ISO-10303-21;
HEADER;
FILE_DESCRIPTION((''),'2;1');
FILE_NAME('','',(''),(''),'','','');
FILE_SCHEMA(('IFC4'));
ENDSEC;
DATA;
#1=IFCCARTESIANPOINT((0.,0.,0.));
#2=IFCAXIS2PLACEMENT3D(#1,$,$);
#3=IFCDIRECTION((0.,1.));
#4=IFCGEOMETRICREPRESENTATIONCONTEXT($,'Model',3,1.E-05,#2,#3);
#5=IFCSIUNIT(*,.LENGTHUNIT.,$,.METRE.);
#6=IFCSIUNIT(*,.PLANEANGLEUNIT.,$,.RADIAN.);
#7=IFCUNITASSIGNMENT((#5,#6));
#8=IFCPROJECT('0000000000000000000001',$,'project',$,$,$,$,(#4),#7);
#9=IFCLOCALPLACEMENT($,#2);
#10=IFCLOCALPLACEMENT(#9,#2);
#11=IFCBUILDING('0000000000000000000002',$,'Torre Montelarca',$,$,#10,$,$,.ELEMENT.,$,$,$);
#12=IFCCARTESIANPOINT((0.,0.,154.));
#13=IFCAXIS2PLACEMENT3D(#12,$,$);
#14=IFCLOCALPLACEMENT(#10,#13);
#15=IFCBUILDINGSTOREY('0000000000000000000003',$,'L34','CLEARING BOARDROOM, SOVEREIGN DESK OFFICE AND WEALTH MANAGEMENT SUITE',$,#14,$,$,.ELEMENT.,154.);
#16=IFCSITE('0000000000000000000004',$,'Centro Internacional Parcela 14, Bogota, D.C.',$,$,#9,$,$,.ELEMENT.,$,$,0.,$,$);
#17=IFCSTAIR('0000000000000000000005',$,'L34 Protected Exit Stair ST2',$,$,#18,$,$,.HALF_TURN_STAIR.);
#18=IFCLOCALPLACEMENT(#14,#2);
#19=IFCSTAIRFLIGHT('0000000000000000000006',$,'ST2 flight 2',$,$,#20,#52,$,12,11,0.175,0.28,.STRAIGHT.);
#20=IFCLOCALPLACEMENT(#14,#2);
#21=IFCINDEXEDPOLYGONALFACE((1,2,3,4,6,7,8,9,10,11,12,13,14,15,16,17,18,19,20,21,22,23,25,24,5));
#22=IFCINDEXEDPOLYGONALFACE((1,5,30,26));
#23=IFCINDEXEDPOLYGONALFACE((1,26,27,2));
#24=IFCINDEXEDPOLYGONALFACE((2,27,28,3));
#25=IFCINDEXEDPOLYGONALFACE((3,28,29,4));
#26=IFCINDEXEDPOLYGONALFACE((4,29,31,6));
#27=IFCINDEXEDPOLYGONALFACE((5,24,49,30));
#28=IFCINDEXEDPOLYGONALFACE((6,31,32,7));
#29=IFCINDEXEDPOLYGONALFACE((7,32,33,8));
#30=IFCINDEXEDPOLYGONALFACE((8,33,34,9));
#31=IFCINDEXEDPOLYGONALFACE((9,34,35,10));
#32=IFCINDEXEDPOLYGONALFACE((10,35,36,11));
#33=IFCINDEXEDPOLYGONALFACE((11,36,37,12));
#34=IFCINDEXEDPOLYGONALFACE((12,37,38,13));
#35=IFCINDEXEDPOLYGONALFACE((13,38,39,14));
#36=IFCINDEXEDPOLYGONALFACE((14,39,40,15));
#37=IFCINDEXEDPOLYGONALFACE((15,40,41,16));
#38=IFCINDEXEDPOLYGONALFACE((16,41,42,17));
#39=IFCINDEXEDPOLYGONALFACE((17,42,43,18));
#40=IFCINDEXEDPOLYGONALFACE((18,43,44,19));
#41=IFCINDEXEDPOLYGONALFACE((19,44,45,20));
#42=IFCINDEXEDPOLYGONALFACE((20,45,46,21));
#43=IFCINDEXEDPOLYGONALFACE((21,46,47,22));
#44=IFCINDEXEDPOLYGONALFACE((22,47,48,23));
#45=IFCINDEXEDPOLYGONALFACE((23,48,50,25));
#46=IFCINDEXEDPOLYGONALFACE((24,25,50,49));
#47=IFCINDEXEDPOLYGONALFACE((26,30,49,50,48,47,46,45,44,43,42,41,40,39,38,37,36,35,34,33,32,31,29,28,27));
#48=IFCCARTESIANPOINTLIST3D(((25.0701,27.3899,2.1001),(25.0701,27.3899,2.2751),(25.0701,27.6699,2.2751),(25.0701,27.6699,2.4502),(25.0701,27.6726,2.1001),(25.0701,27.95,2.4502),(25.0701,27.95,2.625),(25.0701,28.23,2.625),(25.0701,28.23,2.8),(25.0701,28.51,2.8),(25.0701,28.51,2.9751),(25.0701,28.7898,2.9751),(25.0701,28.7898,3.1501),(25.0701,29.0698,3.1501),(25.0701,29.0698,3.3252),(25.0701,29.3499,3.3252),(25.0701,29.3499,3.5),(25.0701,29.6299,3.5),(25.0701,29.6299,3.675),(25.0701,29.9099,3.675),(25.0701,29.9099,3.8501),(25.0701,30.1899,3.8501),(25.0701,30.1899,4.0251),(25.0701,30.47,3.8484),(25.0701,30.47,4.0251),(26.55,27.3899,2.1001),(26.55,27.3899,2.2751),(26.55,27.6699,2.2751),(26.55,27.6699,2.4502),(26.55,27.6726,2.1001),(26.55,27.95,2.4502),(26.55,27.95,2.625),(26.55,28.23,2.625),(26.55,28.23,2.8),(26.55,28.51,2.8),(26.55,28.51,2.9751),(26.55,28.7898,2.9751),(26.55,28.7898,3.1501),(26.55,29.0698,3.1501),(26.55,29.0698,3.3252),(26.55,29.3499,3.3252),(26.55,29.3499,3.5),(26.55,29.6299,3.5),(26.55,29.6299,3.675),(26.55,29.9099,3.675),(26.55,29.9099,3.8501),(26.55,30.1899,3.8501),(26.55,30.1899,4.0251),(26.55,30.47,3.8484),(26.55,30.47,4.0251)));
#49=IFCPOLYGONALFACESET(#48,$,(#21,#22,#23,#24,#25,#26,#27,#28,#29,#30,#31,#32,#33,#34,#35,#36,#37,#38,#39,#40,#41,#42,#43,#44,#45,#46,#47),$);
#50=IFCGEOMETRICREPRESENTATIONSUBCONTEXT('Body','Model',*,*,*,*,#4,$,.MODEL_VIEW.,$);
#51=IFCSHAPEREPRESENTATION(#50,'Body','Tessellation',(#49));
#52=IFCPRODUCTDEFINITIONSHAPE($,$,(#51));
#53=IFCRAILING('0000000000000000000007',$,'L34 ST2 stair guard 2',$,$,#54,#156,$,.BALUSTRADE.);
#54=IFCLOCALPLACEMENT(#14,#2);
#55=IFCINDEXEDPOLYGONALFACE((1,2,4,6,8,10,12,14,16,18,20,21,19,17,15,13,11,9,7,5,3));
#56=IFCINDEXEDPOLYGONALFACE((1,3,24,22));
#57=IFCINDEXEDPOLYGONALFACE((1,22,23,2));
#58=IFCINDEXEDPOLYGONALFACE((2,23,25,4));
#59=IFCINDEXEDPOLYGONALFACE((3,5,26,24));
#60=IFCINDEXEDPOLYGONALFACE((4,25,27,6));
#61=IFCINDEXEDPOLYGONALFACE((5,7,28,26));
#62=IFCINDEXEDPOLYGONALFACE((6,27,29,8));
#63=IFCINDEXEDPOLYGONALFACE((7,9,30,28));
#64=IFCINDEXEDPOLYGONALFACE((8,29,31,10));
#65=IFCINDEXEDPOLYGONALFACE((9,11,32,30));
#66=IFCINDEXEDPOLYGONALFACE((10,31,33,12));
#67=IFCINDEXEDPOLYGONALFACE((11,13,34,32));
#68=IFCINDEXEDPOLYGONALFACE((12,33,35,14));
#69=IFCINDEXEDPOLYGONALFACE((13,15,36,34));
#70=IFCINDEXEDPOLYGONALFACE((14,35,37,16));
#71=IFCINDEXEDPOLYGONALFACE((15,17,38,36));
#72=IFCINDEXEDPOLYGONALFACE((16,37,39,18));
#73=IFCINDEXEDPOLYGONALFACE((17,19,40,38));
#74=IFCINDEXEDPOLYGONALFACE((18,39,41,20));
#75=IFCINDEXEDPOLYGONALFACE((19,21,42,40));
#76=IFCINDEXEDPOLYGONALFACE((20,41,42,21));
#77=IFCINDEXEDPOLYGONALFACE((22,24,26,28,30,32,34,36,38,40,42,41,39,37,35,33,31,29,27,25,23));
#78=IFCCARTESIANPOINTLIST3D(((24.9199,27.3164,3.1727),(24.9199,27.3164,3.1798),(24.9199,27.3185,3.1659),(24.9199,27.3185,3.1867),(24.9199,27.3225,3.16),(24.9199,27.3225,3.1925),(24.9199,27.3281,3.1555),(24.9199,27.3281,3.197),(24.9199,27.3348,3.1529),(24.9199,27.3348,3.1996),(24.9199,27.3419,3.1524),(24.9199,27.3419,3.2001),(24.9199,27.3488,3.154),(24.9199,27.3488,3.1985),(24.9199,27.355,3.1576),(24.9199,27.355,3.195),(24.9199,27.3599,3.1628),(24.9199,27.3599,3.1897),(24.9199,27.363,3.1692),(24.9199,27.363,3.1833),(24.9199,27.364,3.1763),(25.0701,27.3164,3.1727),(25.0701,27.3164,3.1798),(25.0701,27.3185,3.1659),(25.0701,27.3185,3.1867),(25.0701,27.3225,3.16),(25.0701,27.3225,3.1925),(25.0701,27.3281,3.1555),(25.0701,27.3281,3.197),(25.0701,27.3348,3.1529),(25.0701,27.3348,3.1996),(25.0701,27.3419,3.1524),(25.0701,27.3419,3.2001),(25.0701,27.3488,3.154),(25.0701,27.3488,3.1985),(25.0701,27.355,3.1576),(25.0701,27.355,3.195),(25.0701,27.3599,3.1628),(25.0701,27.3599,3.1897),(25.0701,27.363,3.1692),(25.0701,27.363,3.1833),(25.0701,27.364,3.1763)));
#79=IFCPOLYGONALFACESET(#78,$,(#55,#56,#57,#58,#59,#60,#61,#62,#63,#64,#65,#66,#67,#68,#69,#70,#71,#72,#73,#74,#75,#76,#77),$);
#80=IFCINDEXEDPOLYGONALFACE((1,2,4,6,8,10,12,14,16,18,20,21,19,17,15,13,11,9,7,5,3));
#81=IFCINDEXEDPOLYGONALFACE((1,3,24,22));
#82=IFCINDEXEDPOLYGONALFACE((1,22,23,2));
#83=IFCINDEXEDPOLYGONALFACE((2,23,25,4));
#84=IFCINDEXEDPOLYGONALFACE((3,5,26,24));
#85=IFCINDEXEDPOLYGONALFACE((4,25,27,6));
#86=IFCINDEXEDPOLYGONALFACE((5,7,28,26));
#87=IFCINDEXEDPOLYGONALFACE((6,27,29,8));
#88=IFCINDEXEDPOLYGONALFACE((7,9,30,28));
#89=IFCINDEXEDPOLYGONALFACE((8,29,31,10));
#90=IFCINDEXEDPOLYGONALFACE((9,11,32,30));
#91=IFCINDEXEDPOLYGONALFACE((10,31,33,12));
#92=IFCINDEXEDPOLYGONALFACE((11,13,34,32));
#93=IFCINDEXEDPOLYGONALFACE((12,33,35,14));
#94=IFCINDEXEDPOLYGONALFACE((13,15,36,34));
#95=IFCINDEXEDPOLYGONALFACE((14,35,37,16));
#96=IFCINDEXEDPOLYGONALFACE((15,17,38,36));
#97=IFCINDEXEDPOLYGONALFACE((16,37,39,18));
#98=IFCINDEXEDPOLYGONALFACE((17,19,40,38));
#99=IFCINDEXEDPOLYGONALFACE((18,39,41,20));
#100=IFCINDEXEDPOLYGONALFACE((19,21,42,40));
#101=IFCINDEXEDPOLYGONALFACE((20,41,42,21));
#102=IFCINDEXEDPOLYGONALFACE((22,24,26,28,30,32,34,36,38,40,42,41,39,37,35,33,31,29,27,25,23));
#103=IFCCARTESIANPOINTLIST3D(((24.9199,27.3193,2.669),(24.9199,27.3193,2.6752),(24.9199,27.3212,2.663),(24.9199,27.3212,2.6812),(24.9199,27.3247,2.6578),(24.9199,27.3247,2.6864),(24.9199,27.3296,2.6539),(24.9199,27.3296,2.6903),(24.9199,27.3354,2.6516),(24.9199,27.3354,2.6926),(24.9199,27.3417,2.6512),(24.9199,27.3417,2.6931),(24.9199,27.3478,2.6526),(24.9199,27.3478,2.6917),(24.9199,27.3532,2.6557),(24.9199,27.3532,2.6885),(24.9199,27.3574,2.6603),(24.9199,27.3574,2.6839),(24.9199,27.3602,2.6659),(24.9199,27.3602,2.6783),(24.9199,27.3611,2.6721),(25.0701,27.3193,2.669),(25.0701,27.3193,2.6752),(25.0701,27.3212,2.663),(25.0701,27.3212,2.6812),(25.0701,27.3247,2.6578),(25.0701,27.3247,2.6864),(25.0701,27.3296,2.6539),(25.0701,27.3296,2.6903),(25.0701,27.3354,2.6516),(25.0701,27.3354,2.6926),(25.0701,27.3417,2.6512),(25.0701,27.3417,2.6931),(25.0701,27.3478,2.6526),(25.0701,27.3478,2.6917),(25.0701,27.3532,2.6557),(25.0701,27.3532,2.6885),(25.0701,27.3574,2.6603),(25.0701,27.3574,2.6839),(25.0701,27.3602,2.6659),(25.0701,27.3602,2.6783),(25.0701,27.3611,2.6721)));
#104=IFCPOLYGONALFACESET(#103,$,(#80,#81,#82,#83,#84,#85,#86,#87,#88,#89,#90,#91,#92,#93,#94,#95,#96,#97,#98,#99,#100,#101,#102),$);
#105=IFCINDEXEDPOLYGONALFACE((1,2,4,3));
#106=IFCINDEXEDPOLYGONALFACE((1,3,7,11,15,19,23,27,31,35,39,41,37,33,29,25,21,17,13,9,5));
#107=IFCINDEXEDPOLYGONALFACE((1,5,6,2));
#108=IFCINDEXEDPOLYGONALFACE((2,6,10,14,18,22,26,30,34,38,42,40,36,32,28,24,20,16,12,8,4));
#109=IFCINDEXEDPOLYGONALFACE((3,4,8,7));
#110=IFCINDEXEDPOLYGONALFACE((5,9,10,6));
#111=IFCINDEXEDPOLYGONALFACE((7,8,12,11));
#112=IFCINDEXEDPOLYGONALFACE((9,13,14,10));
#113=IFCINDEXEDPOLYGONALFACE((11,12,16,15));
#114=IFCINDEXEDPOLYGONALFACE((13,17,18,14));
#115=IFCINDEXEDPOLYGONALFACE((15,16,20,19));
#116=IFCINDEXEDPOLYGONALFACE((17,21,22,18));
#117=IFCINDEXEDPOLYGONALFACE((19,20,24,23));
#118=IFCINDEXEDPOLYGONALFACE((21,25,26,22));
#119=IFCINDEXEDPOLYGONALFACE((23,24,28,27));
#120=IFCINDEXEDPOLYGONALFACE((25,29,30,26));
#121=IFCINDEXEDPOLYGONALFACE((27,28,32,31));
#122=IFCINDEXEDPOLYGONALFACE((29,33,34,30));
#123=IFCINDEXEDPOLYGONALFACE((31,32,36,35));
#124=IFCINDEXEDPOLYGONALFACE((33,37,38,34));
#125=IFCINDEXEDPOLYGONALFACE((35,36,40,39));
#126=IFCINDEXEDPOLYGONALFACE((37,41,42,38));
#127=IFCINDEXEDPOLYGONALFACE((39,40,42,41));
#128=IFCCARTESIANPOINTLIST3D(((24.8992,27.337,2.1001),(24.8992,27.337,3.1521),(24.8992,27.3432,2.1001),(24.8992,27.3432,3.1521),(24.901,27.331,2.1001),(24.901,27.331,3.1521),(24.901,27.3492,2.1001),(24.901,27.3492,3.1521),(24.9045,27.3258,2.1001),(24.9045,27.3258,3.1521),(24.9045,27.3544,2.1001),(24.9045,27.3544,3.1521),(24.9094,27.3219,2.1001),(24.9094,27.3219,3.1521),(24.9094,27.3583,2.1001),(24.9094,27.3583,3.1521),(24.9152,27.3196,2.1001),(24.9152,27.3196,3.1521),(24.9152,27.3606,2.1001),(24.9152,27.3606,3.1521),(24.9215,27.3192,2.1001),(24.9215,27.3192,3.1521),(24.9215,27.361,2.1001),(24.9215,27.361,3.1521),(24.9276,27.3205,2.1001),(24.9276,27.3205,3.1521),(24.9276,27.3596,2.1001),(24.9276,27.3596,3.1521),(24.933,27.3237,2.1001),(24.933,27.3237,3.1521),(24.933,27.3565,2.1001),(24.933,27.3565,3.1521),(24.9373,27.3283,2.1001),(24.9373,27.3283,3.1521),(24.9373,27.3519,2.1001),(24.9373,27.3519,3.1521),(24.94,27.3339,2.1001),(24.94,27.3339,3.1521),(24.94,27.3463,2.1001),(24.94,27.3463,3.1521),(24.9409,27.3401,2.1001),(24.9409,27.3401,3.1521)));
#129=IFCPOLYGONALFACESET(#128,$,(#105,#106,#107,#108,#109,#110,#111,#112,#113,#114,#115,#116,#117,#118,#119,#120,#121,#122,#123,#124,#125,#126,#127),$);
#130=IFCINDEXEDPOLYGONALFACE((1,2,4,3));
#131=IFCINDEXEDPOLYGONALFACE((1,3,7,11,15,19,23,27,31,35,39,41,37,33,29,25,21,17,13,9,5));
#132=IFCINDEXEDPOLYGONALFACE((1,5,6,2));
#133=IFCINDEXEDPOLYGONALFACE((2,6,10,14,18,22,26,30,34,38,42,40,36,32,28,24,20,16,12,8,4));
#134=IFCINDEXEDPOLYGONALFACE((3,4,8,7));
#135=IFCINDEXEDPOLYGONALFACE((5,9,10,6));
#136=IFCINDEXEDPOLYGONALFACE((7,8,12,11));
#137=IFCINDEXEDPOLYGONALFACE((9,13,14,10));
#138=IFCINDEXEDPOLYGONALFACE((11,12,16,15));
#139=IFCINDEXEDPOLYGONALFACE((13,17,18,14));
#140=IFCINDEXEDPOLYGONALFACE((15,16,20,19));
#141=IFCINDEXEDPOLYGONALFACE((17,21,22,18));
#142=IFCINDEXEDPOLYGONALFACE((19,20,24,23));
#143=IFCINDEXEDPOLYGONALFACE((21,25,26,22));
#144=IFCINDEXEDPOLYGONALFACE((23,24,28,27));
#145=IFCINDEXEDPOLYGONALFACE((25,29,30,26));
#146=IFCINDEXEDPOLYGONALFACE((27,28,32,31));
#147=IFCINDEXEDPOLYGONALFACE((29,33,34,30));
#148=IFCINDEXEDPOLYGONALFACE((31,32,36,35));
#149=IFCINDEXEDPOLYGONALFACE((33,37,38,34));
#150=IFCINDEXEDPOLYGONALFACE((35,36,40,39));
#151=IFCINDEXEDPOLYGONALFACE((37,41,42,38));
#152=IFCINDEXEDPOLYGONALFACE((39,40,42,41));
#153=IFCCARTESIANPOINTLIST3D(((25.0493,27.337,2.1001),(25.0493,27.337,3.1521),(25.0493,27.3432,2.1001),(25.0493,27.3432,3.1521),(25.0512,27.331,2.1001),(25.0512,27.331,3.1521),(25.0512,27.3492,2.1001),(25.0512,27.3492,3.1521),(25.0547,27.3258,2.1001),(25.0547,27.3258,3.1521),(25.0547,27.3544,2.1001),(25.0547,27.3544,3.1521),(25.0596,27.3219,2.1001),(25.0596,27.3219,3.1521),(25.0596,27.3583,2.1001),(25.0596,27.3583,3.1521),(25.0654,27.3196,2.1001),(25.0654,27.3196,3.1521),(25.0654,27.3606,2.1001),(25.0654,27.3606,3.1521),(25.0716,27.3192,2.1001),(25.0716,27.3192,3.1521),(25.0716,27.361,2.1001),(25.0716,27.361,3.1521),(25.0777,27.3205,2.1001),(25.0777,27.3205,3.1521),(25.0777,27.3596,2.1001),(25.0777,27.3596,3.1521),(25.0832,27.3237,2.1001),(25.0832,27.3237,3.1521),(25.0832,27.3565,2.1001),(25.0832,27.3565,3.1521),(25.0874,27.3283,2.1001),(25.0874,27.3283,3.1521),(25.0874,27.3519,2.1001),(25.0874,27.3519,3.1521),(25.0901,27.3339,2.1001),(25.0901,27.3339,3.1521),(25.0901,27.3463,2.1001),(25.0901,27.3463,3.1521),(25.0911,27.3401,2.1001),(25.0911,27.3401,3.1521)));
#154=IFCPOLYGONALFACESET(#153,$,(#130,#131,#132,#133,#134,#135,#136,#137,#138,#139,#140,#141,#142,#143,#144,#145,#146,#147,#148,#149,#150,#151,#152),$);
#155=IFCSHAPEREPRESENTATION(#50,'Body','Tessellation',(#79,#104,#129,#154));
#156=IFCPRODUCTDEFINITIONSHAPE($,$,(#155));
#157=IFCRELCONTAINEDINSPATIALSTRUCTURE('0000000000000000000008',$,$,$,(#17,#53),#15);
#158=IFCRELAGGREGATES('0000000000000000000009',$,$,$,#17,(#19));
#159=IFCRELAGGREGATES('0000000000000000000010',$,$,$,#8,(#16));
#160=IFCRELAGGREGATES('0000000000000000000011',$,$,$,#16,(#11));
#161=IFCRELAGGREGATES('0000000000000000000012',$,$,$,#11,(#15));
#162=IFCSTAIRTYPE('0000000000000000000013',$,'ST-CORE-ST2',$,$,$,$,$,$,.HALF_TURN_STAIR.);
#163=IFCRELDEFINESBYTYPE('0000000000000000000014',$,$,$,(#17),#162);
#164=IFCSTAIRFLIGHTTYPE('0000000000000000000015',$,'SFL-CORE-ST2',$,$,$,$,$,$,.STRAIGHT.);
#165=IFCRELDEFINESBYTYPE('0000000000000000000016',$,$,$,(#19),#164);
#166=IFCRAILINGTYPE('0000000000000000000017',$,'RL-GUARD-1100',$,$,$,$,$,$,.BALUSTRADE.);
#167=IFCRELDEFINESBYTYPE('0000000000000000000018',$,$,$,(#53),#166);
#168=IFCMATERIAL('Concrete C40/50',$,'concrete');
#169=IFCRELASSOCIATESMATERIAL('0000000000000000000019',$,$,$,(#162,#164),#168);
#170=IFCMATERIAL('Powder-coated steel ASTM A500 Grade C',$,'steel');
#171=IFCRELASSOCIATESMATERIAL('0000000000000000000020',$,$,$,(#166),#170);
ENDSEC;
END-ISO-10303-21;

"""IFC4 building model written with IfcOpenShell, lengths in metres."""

from ifc_helpers import new_model, si_unit, direction, frame, origin, origin_2d, place, context, subcontext, project, spatial, polyline, circle, outline, extrude, material, type_object, element, aggregate, save


model = new_model("IFC4")

# Units and contexts
model_context = context("Model", 3, precision=1e-05, world=origin(), true_north=direction((0.0, 1.0)))
body_context = subcontext(model_context, "Body", "Model", "MODEL_VIEW")
ifc_project = project(units=[si_unit("LENGTHUNIT", "METRE"), si_unit("PLANEANGLEUNIT", "RADIAN")], contexts=[model_context])

# Site, building, storey
site_placement = place(None, origin())
site = spatial("IfcSite", under=ifc_project, at=site_placement, Name="Centro Internacional Parcela 14, Bogota, D.C.", CompositionType="ELEMENT", RefElevation=0.0)
building_placement = place(site_placement, origin())
building = spatial("IfcBuilding", under=site, at=building_placement, Name="Torre Montelarca", CompositionType="ELEMENT")
storey_placement = place(building_placement, frame((0.0, 0.0, 154.0)))
storey = spatial("IfcBuildingStorey", under=building, at=storey_placement, Name="L34", Description="CLEARING BOARDROOM, SOVEREIGN DESK OFFICE AND WEALTH MANAGEMENT SUITE", CompositionType="ELEMENT", Elevation=154.0)

# Shared definitions
ifc_material_1 = material(Name="Concrete C40/50", Category="concrete")

# Stair, stair flight
stair_type = type_object("IfcStairType", Name="ST-CORE-ST2", PredefinedType="HALF_TURN_STAIR", material=ifc_material_1)
stair_placement = place(storey_placement, origin())
stair = element("IfcStair", 1, at=stair_placement, inside=storey, type_object=stair_type, Name="L34 Protected Exit Stair ST2", PredefinedType="HALF_TURN_STAIR")
stair_flight_type = type_object("IfcStairFlightType", Name="SFL-CORE-ST2", PredefinedType="STRAIGHT", material=ifc_material_1)
stair_flight_placement = place(storey_placement, frame((25.8101, 27.3899, 2.1001), z_axis=(0.0, 0.0, 1.0), x_axis=(0.0, 1.0, 0.0)))
stair_flight = element("IfcStairFlight", 2, at=stair_flight_placement, type_object=stair_flight_type, Name="ST2 flight 2", NumberOfRisers=12, NumberOfTreads=11, PredefinedType="STRAIGHT", RiserHeight=0.175, TreadLength=0.28, context=body_context, shape_type="SweptSolid", body=[
    extrude(outline(polyline([(0.0, 0.0), (0.0, 0.175), (0.28, 0.175), (0.28, 0.3501), (0.5601, 0.3501), (0.5601, 0.5249), (0.8401, 0.5249), (0.8401, 0.7), (1.1201, 0.7), (1.1201, 0.875), (1.3999, 0.875), (1.3999, 1.05), (1.6799, 1.05), (1.6799, 1.2251), (1.96, 1.2251), (1.96, 1.3999), (2.24, 1.3999), (2.24, 1.575), (2.52, 1.575), (2.52, 1.75), (2.8, 1.75), (2.8, 1.925), (3.0801, 1.925), (3.0801, 2.1001), (3.0801, 1.7483), (0.2827, 0.0), (0.0, 0.0)])), frame((0.0, 0.74, 0.0), z_axis=(0.0, -1.0, 0.0), x_axis=(1.0, 0.0, 0.0)), (0.0, 0.0, 1.0), 1.48),
])
aggregate(stair, [stair_flight])

# Railing
ifc_material_2 = material(Name="Powder-coated steel ASTM A500 Grade C", Category="steel")
railing_type_1 = type_object("IfcRailingType", Name="RL-GUARD-1100", PredefinedType="BALUSTRADE", material=ifc_material_2)
railing_1_placement = place(storey_placement, frame((24.9199, 27.3401, 2.1001)))
element("IfcRailing", 3, at=railing_1_placement, inside=storey, type_object=railing_type_1, Name="L34 ST2 stair guard 2", PredefinedType="BALUSTRADE", context=body_context, shape_type="SweptSolid", body=[
    extrude(circle(Radius=0.0239, at=origin_2d()), frame((0.0, 0.0, 1.0762), z_axis=(1.0, 0.0, 0.0), x_axis=(0.0, 1.0, 0.0)), (0.0, 0.0, 1.0), 0.1501),
    extrude(circle(Radius=0.021, at=origin_2d()), frame((0.0, 0.0, 0.572), z_axis=(1.0, 0.0, 0.0), x_axis=(0.0, 1.0, 0.0)), (0.0, 0.0, 1.0), 0.1501),
    extrude(circle(Radius=0.021, at=origin_2d()), origin(), (0.0, 0.0, 1.0), 1.052),
    extrude(circle(Radius=0.021, at=origin_2d()), frame((0.1501, 0.0, 0.0)), (0.0, 0.0, 1.0), 1.052),
])

save(model, "model.ifc")
